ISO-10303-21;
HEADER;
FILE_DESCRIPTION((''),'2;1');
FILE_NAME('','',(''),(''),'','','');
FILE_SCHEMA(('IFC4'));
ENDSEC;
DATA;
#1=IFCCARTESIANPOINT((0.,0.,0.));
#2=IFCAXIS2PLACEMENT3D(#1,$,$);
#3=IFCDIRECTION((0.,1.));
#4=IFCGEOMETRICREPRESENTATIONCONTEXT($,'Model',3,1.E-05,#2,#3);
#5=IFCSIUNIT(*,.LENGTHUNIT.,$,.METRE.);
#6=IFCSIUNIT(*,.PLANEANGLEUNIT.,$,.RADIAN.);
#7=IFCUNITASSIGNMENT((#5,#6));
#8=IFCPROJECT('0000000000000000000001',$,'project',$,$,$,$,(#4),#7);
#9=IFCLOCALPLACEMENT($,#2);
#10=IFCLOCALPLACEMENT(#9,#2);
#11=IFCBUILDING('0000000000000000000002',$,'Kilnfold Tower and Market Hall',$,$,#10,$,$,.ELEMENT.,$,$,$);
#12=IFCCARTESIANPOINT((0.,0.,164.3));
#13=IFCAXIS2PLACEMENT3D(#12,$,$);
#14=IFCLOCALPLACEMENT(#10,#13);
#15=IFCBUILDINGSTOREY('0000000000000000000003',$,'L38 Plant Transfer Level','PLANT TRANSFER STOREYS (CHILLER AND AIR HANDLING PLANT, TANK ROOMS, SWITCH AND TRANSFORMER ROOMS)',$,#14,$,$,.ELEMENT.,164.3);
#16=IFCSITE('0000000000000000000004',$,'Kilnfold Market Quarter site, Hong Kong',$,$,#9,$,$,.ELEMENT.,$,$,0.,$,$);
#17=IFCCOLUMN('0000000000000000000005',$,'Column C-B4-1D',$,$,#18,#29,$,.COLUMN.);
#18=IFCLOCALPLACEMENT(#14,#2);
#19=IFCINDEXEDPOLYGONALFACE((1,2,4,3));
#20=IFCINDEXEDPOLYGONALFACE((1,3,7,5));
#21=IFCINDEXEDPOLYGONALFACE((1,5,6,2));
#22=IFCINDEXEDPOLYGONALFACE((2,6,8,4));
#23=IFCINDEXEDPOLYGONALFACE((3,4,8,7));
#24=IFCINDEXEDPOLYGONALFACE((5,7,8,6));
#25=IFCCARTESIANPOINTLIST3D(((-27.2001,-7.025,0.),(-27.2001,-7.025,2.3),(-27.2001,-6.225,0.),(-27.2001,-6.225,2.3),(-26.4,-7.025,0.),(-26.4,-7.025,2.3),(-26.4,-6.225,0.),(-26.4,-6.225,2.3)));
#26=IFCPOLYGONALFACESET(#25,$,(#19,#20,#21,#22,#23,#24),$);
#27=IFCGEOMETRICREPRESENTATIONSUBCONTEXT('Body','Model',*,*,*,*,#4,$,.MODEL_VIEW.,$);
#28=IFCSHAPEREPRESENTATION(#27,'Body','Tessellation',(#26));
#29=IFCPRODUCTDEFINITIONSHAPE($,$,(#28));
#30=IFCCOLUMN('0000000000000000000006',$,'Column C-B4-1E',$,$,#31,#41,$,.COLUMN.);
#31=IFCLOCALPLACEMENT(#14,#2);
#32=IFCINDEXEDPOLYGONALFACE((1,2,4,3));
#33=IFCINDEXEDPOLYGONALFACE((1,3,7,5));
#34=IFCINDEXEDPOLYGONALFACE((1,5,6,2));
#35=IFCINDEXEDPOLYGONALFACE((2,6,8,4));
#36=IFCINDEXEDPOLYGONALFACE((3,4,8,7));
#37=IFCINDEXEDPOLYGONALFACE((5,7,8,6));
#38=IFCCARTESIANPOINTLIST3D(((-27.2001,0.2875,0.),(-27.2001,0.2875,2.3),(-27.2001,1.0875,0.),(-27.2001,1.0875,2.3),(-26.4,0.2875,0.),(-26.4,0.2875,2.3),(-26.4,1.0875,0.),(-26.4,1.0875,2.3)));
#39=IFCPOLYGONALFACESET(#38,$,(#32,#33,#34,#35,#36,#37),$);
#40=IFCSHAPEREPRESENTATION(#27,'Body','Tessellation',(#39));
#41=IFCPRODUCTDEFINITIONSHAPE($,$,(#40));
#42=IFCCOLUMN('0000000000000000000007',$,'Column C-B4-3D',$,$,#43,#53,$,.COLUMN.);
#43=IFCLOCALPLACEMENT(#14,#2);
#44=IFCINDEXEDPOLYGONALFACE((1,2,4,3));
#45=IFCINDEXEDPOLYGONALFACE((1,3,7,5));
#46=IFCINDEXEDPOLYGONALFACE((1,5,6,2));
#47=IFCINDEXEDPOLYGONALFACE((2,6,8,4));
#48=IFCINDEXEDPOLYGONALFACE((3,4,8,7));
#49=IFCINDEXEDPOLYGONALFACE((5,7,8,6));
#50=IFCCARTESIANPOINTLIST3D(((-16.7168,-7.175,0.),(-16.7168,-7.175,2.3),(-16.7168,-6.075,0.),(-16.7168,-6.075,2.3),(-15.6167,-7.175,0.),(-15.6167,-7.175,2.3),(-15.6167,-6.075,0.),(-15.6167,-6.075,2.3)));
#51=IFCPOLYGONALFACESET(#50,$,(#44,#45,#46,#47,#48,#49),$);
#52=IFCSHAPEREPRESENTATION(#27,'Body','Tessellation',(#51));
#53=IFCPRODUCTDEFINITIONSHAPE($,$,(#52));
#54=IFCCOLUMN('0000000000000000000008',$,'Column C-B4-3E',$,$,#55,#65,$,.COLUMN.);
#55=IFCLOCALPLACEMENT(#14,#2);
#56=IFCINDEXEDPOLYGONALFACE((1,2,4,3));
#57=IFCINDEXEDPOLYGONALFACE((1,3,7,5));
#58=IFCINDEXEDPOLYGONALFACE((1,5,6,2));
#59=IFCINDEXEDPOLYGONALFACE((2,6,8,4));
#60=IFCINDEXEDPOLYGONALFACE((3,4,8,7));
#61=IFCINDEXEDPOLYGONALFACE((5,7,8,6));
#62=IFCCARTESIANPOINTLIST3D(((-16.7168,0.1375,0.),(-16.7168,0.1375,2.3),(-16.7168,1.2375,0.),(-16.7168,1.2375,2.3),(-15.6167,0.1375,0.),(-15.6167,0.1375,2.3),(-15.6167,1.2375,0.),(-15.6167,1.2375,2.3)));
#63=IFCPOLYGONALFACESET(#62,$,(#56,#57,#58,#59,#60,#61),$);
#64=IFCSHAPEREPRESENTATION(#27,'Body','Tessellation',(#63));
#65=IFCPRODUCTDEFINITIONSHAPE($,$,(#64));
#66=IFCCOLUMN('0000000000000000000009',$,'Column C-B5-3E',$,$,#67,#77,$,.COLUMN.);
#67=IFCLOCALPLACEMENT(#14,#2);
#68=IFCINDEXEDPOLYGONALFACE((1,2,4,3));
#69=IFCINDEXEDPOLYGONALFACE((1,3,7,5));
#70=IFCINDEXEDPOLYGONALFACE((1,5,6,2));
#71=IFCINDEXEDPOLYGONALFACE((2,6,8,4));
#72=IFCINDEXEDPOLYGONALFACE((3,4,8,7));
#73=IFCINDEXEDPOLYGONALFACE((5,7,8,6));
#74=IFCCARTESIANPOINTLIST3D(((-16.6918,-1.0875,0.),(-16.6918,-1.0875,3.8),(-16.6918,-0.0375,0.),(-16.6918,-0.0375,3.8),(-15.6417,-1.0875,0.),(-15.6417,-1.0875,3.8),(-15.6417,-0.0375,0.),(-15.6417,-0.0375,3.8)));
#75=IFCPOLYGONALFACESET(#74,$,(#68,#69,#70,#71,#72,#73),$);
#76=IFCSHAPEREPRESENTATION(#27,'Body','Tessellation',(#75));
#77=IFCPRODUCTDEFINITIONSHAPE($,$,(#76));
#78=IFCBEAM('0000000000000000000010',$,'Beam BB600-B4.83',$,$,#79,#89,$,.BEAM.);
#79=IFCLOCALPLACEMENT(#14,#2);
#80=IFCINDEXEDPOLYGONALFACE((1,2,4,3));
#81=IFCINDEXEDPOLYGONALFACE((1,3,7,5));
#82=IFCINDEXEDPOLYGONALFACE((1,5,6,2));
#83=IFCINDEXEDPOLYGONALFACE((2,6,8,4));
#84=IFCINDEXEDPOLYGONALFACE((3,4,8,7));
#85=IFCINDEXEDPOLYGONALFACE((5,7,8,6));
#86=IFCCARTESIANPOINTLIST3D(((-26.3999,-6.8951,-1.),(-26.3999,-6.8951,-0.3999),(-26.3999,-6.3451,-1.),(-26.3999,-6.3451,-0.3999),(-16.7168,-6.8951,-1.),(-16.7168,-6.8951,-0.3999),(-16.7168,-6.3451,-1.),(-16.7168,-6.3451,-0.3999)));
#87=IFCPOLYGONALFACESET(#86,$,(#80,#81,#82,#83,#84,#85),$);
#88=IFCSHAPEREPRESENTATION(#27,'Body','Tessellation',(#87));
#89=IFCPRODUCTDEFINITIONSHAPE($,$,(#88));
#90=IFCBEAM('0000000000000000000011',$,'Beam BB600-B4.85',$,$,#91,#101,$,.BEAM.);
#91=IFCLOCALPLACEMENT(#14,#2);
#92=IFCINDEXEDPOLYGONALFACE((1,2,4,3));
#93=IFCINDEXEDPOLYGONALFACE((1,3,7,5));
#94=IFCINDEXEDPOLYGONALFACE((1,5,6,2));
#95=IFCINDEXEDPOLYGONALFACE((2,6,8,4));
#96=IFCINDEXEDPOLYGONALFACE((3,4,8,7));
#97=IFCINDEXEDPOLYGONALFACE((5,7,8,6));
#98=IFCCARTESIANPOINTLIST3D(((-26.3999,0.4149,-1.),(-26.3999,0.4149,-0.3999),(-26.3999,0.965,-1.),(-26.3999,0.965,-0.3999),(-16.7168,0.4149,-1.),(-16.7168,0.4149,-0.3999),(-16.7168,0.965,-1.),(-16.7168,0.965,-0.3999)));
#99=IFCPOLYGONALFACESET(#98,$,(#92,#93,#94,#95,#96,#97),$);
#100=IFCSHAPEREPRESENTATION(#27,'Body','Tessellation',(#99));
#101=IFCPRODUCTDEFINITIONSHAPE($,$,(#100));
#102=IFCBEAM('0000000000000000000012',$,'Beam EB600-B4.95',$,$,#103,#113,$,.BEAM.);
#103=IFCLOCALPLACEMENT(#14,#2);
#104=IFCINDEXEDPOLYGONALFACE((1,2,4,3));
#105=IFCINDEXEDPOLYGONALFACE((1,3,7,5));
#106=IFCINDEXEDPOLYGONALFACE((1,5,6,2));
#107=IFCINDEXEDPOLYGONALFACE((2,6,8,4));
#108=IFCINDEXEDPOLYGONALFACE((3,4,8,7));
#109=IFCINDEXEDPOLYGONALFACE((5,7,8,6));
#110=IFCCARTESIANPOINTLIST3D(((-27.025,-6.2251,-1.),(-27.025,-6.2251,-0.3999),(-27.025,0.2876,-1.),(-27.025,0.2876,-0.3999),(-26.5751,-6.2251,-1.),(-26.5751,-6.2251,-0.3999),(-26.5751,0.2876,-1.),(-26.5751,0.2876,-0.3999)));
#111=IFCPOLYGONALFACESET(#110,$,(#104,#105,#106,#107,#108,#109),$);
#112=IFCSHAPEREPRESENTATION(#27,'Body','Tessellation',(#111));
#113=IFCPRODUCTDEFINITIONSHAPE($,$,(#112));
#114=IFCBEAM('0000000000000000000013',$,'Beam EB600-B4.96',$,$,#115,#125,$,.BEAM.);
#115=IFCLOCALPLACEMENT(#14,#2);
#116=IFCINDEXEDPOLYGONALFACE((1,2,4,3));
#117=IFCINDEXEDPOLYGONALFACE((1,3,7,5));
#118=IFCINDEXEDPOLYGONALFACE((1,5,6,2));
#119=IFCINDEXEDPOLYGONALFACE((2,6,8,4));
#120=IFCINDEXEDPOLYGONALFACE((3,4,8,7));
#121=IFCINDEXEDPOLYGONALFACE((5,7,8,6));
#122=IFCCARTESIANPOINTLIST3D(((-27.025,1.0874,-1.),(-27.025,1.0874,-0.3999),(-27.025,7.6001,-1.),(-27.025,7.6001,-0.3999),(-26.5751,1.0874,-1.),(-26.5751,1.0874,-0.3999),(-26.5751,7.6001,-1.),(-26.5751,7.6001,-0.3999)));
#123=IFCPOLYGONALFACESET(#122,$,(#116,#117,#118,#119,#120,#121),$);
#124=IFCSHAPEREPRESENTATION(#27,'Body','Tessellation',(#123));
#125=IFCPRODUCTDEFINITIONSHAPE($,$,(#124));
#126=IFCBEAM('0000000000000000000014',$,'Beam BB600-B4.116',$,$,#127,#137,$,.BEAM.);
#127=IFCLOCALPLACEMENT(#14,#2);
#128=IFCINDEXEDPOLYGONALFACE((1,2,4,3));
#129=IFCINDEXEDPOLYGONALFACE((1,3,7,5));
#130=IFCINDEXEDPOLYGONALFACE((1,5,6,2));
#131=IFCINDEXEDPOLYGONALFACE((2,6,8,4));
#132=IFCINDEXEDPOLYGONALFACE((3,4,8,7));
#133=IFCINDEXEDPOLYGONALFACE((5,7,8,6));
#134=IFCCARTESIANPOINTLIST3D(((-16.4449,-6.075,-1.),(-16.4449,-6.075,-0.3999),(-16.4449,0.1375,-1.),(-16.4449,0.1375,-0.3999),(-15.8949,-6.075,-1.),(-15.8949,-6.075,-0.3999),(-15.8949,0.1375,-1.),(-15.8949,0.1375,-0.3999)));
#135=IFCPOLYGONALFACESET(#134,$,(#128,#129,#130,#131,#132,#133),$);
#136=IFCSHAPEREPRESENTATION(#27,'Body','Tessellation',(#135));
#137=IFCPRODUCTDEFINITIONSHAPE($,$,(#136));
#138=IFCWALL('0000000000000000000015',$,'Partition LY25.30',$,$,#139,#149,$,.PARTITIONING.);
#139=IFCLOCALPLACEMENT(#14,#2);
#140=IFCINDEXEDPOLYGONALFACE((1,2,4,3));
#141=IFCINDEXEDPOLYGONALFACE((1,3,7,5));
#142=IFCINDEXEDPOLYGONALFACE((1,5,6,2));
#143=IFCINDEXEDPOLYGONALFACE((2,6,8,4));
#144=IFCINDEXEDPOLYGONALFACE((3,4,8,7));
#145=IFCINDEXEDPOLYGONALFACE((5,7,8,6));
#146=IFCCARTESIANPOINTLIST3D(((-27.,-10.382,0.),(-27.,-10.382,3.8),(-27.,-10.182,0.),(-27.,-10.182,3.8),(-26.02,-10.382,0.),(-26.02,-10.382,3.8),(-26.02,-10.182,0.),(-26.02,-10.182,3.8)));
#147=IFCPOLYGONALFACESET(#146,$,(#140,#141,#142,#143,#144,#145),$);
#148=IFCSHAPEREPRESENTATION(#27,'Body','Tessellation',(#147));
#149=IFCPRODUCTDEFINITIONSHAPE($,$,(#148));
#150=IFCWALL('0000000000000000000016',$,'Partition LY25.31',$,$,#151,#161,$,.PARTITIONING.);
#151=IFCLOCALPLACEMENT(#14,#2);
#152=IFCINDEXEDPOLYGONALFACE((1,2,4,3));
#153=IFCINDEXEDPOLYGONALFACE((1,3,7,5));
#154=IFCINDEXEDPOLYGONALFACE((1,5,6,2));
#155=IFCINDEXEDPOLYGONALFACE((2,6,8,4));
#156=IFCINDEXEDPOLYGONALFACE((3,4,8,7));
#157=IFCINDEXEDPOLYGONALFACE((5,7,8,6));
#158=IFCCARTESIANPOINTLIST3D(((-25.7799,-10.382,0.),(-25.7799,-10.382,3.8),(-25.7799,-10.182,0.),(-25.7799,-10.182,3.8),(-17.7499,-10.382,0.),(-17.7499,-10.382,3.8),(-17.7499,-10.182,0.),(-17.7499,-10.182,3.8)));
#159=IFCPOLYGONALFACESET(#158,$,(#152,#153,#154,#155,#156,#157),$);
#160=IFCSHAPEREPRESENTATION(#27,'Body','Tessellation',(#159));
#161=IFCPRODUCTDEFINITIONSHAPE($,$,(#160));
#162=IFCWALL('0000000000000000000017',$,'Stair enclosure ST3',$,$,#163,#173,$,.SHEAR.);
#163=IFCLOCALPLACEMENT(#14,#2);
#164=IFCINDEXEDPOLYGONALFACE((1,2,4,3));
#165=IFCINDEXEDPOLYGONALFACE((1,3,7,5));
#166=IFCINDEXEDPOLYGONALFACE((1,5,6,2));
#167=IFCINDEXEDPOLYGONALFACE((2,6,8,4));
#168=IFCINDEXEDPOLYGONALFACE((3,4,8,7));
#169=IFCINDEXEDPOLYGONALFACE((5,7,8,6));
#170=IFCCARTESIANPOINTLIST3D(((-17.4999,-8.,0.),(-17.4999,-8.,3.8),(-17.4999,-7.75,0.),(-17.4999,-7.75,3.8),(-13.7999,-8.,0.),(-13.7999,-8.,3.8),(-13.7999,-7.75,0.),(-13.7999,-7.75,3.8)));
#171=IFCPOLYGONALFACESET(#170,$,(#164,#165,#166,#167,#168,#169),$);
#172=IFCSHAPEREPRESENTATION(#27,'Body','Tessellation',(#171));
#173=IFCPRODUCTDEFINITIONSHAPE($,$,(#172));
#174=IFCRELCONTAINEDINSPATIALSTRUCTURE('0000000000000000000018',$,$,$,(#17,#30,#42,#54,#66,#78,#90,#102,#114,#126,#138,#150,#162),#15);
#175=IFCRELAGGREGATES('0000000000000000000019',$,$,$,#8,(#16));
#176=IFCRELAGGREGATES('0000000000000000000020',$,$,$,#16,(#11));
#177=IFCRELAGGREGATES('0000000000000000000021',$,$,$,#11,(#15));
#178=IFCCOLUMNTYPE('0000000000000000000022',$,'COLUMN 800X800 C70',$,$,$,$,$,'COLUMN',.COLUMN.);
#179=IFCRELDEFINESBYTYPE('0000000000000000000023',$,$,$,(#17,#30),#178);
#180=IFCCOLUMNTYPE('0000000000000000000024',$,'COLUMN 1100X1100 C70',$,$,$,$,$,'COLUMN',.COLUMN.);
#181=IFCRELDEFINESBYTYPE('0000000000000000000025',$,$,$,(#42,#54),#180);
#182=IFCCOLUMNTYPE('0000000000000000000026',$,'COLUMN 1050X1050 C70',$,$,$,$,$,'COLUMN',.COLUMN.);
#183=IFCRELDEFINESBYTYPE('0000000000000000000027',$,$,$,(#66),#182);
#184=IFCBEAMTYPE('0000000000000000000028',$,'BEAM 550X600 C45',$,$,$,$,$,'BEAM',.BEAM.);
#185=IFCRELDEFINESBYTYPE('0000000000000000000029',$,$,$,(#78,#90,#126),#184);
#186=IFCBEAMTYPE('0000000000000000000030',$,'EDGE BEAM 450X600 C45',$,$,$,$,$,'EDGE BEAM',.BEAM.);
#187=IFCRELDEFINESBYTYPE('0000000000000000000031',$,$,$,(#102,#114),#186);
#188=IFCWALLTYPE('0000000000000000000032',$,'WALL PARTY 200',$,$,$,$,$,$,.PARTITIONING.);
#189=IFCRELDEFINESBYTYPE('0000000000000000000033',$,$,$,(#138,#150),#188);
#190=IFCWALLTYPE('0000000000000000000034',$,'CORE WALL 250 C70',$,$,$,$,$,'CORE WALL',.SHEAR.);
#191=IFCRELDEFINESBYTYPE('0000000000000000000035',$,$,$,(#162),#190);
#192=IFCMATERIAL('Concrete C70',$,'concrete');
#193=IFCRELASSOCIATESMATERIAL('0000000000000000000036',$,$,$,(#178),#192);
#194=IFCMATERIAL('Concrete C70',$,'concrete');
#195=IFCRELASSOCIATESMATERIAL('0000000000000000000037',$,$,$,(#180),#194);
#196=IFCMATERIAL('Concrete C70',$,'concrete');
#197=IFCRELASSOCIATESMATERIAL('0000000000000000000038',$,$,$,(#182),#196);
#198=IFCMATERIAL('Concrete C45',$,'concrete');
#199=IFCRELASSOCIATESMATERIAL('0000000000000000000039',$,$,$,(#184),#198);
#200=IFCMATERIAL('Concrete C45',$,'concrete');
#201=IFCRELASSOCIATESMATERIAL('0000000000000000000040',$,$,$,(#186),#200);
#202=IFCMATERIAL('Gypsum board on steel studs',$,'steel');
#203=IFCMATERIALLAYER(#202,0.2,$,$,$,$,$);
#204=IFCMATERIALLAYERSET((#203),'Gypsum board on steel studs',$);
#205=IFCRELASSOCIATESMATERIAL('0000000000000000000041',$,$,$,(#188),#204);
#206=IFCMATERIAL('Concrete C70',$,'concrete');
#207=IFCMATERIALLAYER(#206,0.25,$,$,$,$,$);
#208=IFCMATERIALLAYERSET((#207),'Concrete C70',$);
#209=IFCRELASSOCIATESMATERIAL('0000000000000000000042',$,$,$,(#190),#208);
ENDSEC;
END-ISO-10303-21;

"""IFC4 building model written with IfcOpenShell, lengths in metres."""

from ifc_helpers import new_model, si_unit, direction, frame, frame_2d, origin, origin_2d, place, context, subcontext, project, spatial, rectangle, extrude, source, transform, mapped, material, layer, layer_set, material_profile, profile_set, type_object, element, save


model = new_model("IFC4")

# Units and contexts
model_context = context("Model", 3, precision=1e-05, world=origin(), true_north=direction((0.0, 1.0)))
body_context = subcontext(model_context, "Body", "Model", "MODEL_VIEW")
ifc_project = project(units=[si_unit("LENGTHUNIT", "METRE"), si_unit("PLANEANGLEUNIT", "RADIAN")], contexts=[model_context])

# Site, building, storey
site_placement = place(None, origin())
site = spatial("IfcSite", under=ifc_project, at=site_placement, Name="Kilnfold Market Quarter site, Hong Kong", CompositionType="ELEMENT", RefElevation=0.0)
building_placement = place(site_placement, origin())
building = spatial("IfcBuilding", under=site, at=building_placement, Name="Kilnfold Tower and Market Hall", CompositionType="ELEMENT")
storey_placement = place(building_placement, frame((0.0, 0.0, 164.3)))
storey = spatial("IfcBuildingStorey", under=building, at=storey_placement, Name="L38 Plant Transfer Level", Description="PLANT TRANSFER STOREYS (CHILLER AND AIR HANDLING PLANT, TANK ROOMS, SWITCH AND TRANSFORMER ROOMS)", CompositionType="ELEMENT", Elevation=164.3)

# Columns
ifc_material_1 = material(Name="Concrete C70", Category="concrete")
ifc_material_profile_1 = material_profile(ifc_material_1, rectangle(XDim=0.8, YDim=0.8, at=origin_2d()), Name="RC 800x800")
ifc_profile_set_1 = profile_set([ifc_material_profile_1], Name="Concrete C70")
column_type_1 = type_object("IfcColumnType", Name="COLUMN 800X800 C70", ElementType="COLUMN", PredefinedType="COLUMN", material=ifc_profile_set_1)
shared_shape_1 = source(origin(), body_context, "Body", "SweptSolid", [
    extrude(rectangle(XDim=0.8, YDim=0.8, at=origin_2d()), origin(), (0.0, 0.0, 1.0), 2.3),
])
for number, where, z_axis, x_axis, name in (
    (1, (-26.8, -6.625, 0.0), (0.0, 0.0, 1.0), (1.0, 0.0, 0.0), "Column C-B4-1D"),
    (2, (-26.8, 0.6875, 0.0), (0.0, 0.0, 1.0), (1.0, 0.0, 0.0), "Column C-B4-1E"),
):
    element("IfcColumn", number, at=place(storey_placement, frame(where, z_axis=z_axis, x_axis=x_axis)), inside=storey, type_object=column_type_1, Name=name, PredefinedType="COLUMN", context=body_context, shape_type="MappedRepresentation", body=[
        mapped(shared_shape_1, transform((0.0, 0.0, 0.0))),
    ])
ifc_material_2 = material(Name="Concrete C70", Category="concrete")
ifc_material_profile_2 = material_profile(ifc_material_2, rectangle(XDim=1.1001, YDim=1.1001, at=origin_2d()), Name="RC 1100x1100")
ifc_profile_set_2 = profile_set([ifc_material_profile_2], Name="Concrete C70")
column_type_2 = type_object("IfcColumnType", Name="COLUMN 1100X1100 C70", ElementType="COLUMN", PredefinedType="COLUMN", material=ifc_profile_set_2)
shared_shape_2 = source(origin(), body_context, "Body", "SweptSolid", [
    extrude(rectangle(XDim=1.1001, YDim=1.1001, at=origin_2d()), origin(), (0.0, 0.0, 1.0), 2.3),
])
for number, where, z_axis, x_axis, name in (
    (3, (-16.1667, -6.625, 0.0), (0.0, 0.0, 1.0), (1.0, 0.0, 0.0), "Column C-B4-3D"),
    (4, (-16.1667, 0.6875, 0.0), (0.0, 0.0, 1.0), (1.0, 0.0, 0.0), "Column C-B4-3E"),
):
    element("IfcColumn", number, at=place(storey_placement, frame(where, z_axis=z_axis, x_axis=x_axis)), inside=storey, type_object=column_type_2, Name=name, PredefinedType="COLUMN", context=body_context, shape_type="MappedRepresentation", body=[
        mapped(shared_shape_2, transform((0.0, 0.0, 0.0))),
    ])
ifc_material_3 = material(Name="Concrete C70", Category="concrete")
ifc_material_profile_3 = material_profile(ifc_material_3, rectangle(XDim=1.05, YDim=1.05, at=origin_2d()), Name="RC 1050x1050")
ifc_profile_set_3 = profile_set([ifc_material_profile_3], Name="Concrete C70")
column_type_3 = type_object("IfcColumnType", Name="COLUMN 1050X1050 C70", ElementType="COLUMN", PredefinedType="COLUMN", material=ifc_profile_set_3)
shared_shape_3 = source(origin(), body_context, "Body", "SweptSolid", [
    extrude(rectangle(XDim=1.05, YDim=1.05, at=origin_2d()), origin(), (0.0, 0.0, 1.0), 3.8),
])
column_placement = place(storey_placement, frame((-16.1667, -0.5625, 0.0), z_axis=(0.0, 0.0, 1.0), x_axis=(1.0, 0.0, 0.0)))
element("IfcColumn", 5, at=column_placement, inside=storey, type_object=column_type_3, Name="Column C-B5-3E", PredefinedType="COLUMN", context=body_context, shape_type="MappedRepresentation", body=[
    mapped(shared_shape_3, transform((0.0, 0.0, 0.0))),
])

# Beams
ifc_material_4 = material(Name="Concrete C45", Category="concrete")
ifc_material_profile_4 = material_profile(ifc_material_4, rectangle(XDim=0.55, YDim=0.6001, at=origin_2d()), Name="RC 550x600")
ifc_profile_set_4 = profile_set([ifc_material_profile_4], Name="Concrete C45")
beam_type_1 = type_object("IfcBeamType", Name="BEAM 550X600 C45", ElementType="BEAM", PredefinedType="BEAM", material=ifc_profile_set_4)
shared_shape_4 = source(origin(), body_context, "Body", "SweptSolid", [
    extrude(rectangle(XDim=0.55, YDim=0.6001, at=origin_2d()), origin(), (0.0, 0.0, 1.0), 9.6831),
])
for number, where, z_axis, x_axis, name in (
    (6, (-26.3999, -6.6201, -0.7), (1.0, 0.0, 0.0), (0.0, 1.0, 0.0), "Beam BB600-B4.83"),
    (7, (-26.3999, 0.6899, -0.7), (1.0, 0.0, 0.0), (0.0, 1.0, 0.0), "Beam BB600-B4.85"),
):
    element("IfcBeam", number, at=place(storey_placement, frame(where, z_axis=z_axis, x_axis=x_axis)), inside=storey, type_object=beam_type_1, Name=name, PredefinedType="BEAM", context=body_context, shape_type="MappedRepresentation", body=[
        mapped(shared_shape_4, transform((0.0, 0.0, 0.0))),
    ])
ifc_material_5 = material(Name="Concrete C45", Category="concrete")
ifc_material_profile_5 = material_profile(ifc_material_5, rectangle(XDim=0.45, YDim=0.6001, at=origin_2d()), Name="RC 450x600")
ifc_profile_set_5 = profile_set([ifc_material_profile_5], Name="Concrete C45")
beam_type_2 = type_object("IfcBeamType", Name="EDGE BEAM 450X600 C45", ElementType="EDGE BEAM", PredefinedType="BEAM", material=ifc_profile_set_5)
shared_shape_5 = source(origin(), body_context, "Body", "SweptSolid", [
    extrude(rectangle(XDim=0.45, YDim=0.6001, at=origin_2d()), origin(), (0.0, 0.0, 1.0), 6.5127),
])
for number, where, z_axis, x_axis, name in (
    (8, (-26.8, -6.2251, -0.7), (0.0, 1.0, 0.0), (-1.0, 0.0, 0.0), "Beam EB600-B4.95"),
    (9, (-26.8, 1.0874, -0.7), (0.0, 1.0, 0.0), (-1.0, 0.0, 0.0), "Beam EB600-B4.96"),
):
    element("IfcBeam", number, at=place(storey_placement, frame(where, z_axis=z_axis, x_axis=x_axis)), inside=storey, type_object=beam_type_2, Name=name, PredefinedType="BEAM", context=body_context, shape_type="MappedRepresentation", body=[
        mapped(shared_shape_5, transform((0.0, 0.0, 0.0))),
    ])
shared_shape_6 = source(origin(), body_context, "Body", "SweptSolid", [
    extrude(rectangle(XDim=0.55, YDim=0.6001, at=origin_2d()), origin(), (0.0, 0.0, 1.0), 6.2124),
])
beam_placement = place(storey_placement, frame((-16.1699, -6.075, -0.7), z_axis=(0.0, 1.0, 0.0), x_axis=(-1.0, 0.0, 0.0)))
element("IfcBeam", 10, at=beam_placement, inside=storey, type_object=beam_type_1, Name="Beam BB600-B4.116", PredefinedType="BEAM", context=body_context, shape_type="MappedRepresentation", body=[
    mapped(shared_shape_6, transform((0.0, 0.0, 0.0))),
])

# Walls
ifc_material_6 = material(Name="Gypsum board on steel studs", Category="steel")
ifc_layer_1 = layer(ifc_material_6, 0.2)
ifc_layer_set_1 = layer_set([ifc_layer_1], Name="Gypsum board on steel studs")
wall_type_1 = type_object("IfcWallType", Name="WALL PARTY 200", PredefinedType="PARTITIONING", material=ifc_layer_set_1)
wall_1_placement = place(storey_placement, frame((-27.0, -10.282, 0.0), z_axis=(0.0, 0.0, 1.0), x_axis=(1.0, 0.0, 0.0)))
element("IfcWall", 11, at=wall_1_placement, inside=storey, type_object=wall_type_1, Name="Partition LY25.30", PredefinedType="PARTITIONING", context=body_context, shape_type="SweptSolid", body=[
    extrude(rectangle(XDim=0.98, YDim=0.2, at=frame_2d((0.49, 0.0))), origin(), (0.0, 0.0, 1.0), 3.8),
])
wall_2_placement = place(storey_placement, frame((-25.78, -10.282, 0.0), z_axis=(0.0, 0.0, 1.0), x_axis=(1.0, 0.0, 0.0)))
element("IfcWall", 12, at=wall_2_placement, inside=storey, type_object=wall_type_1, Name="Partition LY25.31", PredefinedType="PARTITIONING", context=body_context, shape_type="SweptSolid", body=[
    extrude(rectangle(XDim=8.03, YDim=0.2, at=frame_2d((4.0151, 0.0))), origin(), (0.0, 0.0, 1.0), 3.8),
])
ifc_material_7 = material(Name="Concrete C70", Category="concrete")
ifc_layer_2 = layer(ifc_material_7, 0.25)
ifc_layer_set_2 = layer_set([ifc_layer_2], Name="Concrete C70")
wall_type_2 = type_object("IfcWallType", Name="CORE WALL 250 C70", ElementType="CORE WALL", PredefinedType="SHEAR", material=ifc_layer_set_2)
shared_shape_7 = source(origin(), body_context, "Body", "SweptSolid", [
    extrude(rectangle(XDim=3.7, YDim=0.25, at=frame_2d((1.8501, 0.0))), origin(), (0.0, 0.0, 1.0), 3.8),
])
wall_3_placement = place(storey_placement, frame((-17.5, -7.875, 0.0), z_axis=(0.0, 0.0, 1.0), x_axis=(1.0, 0.0, 0.0)))
element("IfcWall", 13, at=wall_3_placement, inside=storey, type_object=wall_type_2, Name="Stair enclosure ST3", PredefinedType="SHEAR", context=body_context, shape_type="MappedRepresentation", body=[
    mapped(shared_shape_7, transform((0.0, 0.0, 0.0))),
])

save(model, "model.ifc")
